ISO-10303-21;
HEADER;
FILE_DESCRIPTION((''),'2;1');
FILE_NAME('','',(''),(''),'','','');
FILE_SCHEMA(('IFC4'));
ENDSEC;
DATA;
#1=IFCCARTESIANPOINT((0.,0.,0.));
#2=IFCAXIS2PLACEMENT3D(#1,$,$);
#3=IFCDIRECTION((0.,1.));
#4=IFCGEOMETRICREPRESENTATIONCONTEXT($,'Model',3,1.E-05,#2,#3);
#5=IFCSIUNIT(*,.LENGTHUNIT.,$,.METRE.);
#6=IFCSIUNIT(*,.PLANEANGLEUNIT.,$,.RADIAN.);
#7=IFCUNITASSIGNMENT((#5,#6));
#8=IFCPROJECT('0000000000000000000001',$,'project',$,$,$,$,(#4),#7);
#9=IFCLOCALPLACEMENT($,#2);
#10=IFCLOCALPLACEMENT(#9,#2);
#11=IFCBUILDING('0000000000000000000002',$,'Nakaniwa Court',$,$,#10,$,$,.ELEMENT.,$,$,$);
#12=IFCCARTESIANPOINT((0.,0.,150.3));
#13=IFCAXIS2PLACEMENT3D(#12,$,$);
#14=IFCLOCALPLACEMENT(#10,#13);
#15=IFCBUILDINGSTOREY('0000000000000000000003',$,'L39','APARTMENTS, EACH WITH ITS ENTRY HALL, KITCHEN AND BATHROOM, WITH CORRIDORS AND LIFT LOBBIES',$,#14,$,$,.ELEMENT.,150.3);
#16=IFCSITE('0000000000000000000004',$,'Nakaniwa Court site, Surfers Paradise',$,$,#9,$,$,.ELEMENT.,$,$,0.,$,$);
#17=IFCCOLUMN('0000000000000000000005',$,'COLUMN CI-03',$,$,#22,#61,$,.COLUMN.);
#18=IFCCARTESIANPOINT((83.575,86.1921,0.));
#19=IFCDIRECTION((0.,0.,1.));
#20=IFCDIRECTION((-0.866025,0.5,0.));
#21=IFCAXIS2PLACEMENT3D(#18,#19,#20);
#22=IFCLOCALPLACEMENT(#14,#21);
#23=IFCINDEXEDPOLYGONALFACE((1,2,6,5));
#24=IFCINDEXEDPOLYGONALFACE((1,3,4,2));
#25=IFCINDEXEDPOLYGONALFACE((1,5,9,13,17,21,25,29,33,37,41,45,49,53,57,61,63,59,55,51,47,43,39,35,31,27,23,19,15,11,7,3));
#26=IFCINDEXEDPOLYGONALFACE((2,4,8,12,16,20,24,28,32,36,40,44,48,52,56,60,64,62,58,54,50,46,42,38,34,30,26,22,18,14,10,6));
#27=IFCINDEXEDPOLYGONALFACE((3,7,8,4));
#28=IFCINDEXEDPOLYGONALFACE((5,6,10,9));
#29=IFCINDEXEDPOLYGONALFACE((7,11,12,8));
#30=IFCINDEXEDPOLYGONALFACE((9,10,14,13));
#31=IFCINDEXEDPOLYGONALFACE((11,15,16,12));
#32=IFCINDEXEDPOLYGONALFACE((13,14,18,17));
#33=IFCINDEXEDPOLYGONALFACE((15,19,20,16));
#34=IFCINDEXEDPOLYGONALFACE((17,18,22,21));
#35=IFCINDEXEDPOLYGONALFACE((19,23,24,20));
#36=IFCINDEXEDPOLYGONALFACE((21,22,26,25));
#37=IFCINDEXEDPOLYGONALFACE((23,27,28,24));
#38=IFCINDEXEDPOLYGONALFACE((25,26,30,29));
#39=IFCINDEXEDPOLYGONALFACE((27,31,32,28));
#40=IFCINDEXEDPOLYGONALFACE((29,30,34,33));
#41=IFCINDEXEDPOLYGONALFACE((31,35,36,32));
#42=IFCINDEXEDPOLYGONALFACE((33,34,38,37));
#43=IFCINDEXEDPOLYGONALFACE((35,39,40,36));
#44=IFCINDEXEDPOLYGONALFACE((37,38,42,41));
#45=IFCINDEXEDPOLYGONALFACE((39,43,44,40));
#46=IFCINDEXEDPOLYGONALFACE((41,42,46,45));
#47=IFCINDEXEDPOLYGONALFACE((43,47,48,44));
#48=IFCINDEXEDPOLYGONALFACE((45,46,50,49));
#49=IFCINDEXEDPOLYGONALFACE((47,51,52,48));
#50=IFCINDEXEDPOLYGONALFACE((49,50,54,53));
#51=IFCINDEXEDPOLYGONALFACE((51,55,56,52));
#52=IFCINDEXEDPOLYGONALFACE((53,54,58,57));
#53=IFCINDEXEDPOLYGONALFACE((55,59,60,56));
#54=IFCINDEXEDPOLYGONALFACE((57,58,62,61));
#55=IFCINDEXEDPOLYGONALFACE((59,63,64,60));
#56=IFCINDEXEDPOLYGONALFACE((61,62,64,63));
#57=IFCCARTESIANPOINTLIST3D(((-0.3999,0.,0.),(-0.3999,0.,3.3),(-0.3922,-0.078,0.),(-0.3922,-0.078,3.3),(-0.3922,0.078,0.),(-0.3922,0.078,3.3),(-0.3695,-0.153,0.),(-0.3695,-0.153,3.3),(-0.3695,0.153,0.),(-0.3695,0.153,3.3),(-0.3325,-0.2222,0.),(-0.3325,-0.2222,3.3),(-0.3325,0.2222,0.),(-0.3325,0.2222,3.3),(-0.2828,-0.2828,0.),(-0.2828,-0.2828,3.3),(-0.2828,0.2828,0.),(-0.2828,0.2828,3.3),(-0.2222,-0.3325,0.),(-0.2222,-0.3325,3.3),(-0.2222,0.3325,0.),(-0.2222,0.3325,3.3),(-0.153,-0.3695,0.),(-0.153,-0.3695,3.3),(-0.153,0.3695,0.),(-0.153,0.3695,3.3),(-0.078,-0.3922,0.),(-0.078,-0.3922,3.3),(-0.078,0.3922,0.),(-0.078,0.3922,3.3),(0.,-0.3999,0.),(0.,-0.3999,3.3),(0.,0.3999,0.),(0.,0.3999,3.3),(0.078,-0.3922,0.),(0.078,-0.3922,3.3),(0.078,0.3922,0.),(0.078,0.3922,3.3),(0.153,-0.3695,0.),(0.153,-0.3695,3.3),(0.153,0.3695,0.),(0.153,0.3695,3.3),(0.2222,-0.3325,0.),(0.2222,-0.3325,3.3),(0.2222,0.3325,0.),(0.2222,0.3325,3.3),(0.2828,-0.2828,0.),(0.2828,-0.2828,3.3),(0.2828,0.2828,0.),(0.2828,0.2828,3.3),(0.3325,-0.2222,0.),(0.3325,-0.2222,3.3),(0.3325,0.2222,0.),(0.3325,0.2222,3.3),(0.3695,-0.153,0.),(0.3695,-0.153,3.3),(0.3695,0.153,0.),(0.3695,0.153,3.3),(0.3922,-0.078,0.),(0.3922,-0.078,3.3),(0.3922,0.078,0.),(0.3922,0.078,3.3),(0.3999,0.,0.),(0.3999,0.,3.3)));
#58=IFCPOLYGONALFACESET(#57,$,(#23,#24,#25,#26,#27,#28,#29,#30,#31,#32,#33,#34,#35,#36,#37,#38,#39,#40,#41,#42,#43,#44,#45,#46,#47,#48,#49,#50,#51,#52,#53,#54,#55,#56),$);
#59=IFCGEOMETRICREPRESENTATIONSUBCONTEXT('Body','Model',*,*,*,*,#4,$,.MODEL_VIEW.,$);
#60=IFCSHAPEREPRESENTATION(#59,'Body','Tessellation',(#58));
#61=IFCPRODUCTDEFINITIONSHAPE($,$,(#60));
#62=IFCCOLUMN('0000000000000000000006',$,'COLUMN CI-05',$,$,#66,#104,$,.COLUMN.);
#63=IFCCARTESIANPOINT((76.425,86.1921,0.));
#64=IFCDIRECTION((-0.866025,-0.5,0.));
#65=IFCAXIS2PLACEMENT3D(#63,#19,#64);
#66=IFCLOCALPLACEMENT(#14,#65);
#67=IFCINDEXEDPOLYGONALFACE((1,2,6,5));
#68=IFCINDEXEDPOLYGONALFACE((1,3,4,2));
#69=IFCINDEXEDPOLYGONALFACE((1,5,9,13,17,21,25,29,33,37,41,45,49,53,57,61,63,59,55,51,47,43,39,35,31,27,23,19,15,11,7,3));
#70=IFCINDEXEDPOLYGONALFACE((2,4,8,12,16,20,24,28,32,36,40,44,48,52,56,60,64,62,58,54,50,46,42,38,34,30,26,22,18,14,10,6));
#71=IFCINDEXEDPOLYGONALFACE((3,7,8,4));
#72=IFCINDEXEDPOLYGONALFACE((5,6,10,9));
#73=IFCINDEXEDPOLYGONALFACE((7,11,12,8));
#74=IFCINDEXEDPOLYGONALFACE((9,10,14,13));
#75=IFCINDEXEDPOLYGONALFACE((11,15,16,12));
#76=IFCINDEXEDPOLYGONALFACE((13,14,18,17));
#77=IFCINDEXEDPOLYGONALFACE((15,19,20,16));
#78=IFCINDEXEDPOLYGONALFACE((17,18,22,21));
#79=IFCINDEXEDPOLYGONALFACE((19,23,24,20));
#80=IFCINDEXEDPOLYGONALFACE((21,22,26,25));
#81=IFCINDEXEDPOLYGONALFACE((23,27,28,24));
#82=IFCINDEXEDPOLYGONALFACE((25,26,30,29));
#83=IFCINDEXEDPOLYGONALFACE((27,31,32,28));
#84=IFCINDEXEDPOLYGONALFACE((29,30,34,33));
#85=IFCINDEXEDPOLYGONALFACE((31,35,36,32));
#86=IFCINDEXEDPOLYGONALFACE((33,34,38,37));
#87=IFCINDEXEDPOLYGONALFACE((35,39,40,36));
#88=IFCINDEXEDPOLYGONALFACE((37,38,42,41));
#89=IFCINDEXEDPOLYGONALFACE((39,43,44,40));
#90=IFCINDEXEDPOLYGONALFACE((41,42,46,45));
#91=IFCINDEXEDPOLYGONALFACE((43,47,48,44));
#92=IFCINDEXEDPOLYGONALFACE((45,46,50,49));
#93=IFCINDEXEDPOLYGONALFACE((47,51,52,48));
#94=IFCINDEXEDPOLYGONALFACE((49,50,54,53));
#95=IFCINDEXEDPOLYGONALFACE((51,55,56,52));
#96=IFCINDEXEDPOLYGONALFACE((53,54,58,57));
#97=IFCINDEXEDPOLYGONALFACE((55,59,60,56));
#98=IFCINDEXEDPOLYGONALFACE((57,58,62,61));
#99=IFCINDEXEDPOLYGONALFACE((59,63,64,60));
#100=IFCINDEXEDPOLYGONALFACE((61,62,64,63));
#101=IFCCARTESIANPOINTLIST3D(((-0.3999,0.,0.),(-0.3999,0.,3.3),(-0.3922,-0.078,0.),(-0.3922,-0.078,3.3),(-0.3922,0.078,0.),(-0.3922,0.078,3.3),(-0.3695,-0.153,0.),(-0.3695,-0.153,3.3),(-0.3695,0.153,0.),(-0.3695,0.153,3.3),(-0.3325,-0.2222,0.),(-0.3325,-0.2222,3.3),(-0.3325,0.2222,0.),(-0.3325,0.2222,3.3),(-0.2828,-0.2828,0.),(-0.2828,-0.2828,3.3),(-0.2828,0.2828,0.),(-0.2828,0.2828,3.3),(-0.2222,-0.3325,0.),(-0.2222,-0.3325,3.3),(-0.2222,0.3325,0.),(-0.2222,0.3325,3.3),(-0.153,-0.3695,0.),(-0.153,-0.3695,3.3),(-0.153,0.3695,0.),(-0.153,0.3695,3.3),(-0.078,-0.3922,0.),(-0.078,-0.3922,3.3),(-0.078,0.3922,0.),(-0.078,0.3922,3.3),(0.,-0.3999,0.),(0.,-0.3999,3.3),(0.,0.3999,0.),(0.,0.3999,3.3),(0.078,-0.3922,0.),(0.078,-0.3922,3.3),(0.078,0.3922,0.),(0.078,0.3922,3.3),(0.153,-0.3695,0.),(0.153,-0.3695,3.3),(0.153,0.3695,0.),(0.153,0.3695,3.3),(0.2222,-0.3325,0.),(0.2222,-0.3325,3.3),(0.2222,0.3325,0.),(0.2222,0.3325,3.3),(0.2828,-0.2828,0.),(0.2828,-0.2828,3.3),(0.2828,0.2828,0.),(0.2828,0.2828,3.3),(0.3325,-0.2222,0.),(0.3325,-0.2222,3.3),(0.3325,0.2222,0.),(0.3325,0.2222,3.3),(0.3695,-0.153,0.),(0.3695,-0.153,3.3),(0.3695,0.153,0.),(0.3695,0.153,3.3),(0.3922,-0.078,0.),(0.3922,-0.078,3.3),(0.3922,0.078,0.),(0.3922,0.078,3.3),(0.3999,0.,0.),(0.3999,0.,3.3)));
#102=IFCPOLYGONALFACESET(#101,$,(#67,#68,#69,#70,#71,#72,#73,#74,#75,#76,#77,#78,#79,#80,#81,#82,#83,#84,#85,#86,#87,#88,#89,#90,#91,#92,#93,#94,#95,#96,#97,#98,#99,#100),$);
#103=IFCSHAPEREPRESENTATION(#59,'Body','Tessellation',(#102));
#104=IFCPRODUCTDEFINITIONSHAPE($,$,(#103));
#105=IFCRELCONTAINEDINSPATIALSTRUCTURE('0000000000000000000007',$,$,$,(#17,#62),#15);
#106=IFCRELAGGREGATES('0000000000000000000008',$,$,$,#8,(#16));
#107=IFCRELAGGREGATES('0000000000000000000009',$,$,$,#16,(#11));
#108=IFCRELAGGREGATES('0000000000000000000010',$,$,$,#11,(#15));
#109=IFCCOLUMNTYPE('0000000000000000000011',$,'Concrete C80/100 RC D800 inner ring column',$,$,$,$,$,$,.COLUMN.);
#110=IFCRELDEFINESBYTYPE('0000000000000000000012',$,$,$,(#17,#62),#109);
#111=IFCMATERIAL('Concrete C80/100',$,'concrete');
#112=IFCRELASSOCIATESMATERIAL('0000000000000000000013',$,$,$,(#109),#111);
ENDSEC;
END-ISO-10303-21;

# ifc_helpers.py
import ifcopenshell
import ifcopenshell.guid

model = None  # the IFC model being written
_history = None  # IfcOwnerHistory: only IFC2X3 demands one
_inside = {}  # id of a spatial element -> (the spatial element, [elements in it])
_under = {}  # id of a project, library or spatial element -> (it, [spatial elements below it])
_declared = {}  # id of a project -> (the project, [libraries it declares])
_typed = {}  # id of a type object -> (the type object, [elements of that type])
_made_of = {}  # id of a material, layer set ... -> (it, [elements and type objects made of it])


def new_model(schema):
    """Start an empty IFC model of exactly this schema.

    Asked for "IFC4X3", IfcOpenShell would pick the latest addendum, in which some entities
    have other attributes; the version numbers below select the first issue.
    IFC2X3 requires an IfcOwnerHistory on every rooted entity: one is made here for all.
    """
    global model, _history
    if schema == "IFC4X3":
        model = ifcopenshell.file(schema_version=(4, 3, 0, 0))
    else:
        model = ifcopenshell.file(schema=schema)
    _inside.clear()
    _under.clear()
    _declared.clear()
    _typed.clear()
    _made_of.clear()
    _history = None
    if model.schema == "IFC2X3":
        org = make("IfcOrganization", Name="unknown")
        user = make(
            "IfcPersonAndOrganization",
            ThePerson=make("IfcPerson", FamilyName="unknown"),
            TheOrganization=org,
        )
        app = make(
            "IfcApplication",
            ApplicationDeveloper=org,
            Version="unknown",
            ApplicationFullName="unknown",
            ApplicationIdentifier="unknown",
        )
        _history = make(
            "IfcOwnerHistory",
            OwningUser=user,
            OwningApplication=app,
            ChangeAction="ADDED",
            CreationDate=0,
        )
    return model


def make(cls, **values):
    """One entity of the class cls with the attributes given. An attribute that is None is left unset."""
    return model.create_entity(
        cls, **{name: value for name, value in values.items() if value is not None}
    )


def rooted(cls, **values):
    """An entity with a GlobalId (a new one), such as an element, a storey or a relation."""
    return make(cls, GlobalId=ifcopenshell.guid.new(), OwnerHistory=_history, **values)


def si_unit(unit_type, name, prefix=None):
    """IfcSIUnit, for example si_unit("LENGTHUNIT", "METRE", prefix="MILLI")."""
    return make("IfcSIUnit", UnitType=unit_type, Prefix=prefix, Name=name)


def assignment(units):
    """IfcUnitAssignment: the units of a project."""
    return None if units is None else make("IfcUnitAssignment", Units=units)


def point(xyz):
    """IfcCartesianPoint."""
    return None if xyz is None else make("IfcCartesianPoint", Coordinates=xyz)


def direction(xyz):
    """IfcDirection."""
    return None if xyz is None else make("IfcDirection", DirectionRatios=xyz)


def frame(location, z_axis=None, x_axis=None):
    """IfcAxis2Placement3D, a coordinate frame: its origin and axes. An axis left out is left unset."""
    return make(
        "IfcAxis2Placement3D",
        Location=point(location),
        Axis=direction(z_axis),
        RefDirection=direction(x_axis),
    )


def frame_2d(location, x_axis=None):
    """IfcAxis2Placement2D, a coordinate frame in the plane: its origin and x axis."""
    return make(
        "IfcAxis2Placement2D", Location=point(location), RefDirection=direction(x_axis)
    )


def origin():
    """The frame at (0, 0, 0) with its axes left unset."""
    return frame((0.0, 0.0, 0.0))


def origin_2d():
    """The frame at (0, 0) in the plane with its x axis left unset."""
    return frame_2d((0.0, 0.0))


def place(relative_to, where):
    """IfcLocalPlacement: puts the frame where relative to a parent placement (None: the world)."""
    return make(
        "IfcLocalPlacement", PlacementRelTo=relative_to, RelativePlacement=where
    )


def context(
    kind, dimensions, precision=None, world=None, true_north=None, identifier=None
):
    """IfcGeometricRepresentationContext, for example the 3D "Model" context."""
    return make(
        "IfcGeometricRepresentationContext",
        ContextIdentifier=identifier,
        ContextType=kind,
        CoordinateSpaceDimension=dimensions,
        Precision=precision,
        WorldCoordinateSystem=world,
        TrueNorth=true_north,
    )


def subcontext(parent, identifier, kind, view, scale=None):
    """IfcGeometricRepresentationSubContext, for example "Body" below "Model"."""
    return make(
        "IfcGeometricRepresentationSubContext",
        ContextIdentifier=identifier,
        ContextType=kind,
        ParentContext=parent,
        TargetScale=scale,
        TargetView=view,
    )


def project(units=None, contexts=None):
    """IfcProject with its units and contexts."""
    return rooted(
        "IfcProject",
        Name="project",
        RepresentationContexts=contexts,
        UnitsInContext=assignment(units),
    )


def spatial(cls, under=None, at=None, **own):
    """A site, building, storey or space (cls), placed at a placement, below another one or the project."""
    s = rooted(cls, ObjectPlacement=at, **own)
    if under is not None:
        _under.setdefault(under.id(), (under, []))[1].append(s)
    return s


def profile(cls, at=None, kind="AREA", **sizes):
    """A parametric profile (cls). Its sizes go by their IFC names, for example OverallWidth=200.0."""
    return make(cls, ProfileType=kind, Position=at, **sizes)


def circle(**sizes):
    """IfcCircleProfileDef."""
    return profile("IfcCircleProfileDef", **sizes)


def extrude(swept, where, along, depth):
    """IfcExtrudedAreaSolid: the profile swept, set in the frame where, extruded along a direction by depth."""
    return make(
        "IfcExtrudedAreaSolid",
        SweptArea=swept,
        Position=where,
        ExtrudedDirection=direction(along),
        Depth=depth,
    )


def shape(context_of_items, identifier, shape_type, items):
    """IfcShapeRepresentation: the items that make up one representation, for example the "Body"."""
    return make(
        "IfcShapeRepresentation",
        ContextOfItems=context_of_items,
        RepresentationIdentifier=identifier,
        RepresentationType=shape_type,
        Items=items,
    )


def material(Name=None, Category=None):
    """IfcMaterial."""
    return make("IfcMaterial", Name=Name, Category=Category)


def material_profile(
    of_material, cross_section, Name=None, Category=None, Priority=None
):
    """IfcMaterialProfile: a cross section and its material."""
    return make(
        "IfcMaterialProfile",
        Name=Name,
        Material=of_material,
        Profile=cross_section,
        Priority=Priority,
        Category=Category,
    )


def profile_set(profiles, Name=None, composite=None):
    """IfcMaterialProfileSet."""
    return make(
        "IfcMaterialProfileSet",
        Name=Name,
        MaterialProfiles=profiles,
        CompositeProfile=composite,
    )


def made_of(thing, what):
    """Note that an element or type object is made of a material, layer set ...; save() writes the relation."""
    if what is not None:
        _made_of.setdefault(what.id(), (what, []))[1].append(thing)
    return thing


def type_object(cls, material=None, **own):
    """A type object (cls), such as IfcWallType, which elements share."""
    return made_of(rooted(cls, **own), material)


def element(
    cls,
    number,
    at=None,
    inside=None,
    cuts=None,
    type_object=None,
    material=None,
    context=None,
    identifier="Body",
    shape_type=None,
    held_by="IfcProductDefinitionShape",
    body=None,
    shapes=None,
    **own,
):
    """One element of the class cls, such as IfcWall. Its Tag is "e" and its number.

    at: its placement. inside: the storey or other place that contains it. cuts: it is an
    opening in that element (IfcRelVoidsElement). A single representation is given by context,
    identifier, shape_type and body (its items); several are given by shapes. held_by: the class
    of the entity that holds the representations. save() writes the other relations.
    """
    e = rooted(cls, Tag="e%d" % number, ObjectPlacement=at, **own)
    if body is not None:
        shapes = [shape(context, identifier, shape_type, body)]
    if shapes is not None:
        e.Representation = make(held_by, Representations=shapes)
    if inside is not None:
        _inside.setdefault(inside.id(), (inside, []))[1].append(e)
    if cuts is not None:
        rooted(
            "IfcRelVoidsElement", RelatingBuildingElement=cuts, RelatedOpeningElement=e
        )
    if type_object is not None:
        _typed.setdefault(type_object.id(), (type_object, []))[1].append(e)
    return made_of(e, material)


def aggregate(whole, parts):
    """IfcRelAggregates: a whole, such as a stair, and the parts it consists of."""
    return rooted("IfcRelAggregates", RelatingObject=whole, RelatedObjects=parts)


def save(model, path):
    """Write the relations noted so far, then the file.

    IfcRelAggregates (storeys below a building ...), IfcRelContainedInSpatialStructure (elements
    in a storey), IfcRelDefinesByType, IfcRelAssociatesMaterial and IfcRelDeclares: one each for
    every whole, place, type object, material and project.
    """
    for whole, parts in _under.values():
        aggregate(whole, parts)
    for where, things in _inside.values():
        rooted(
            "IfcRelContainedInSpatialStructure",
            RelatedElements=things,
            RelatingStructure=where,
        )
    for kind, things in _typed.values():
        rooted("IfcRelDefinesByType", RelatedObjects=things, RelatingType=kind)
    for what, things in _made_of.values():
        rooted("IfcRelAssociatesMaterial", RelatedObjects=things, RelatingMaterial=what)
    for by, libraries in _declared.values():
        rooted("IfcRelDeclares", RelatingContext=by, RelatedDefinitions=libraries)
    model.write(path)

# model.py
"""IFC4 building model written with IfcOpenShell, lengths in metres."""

from ifc_helpers import new_model, si_unit, direction, frame, origin, origin_2d, place, context, subcontext, project, spatial, circle, extrude, material, material_profile, profile_set, type_object, element, save


model = new_model("IFC4")

# Units and contexts
model_context = context("Model", 3, precision=1e-05, world=origin(), true_north=direction((0.0, 1.0)))
body_context = subcontext(model_context, "Body", "Model", "MODEL_VIEW")
ifc_project = project(units=[si_unit("LENGTHUNIT", "METRE"), si_unit("PLANEANGLEUNIT", "RADIAN")], contexts=[model_context])

# Site, building, storey
site_placement = place(None, origin())
site = spatial("IfcSite", under=ifc_project, at=site_placement, Name="Nakaniwa Court site, Surfers Paradise", CompositionType="ELEMENT", RefElevation=0.0)
building_placement = place(site_placement, origin())
building = spatial("IfcBuilding", under=site, at=building_placement, Name="Nakaniwa Court", CompositionType="ELEMENT")
storey_placement = place(building_placement, frame((0.0, 0.0, 150.3)))
storey = spatial("IfcBuildingStorey", under=building, at=storey_placement, Name="L39", Description="APARTMENTS, EACH WITH ITS ENTRY HALL, KITCHEN AND BATHROOM, WITH CORRIDORS AND LIFT LOBBIES", CompositionType="ELEMENT", Elevation=150.3)

# Columns
ifc_material_1 = material(Name="Concrete C80/100", Category="concrete")
ifc_material_profile_1 = material_profile(ifc_material_1, circle(Radius=0.3999, at=origin_2d()), Name="Concrete C80/100 RC D800 inner ring column")
ifc_profile_set_1 = profile_set([ifc_material_profile_1], Name="Concrete C80/100")
column_type = type_object("IfcColumnType", Name="Concrete C80/100 RC D800 inner ring column", PredefinedType="COLUMN", material=ifc_profile_set_1)
for number, where, z_axis, x_axis, name in (
    (1, (83.575, 86.1921, 0.0), (0.0, 0.0, 1.0), (-0.866025, 0.5, 0.0), "COLUMN CI-03"),
    (2, (76.425, 86.1921, 0.0), (0.0, 0.0, 1.0), (-0.866025, -0.5, 0.0), "COLUMN CI-05"),
):
    element("IfcColumn", number, at=place(storey_placement, frame(where, z_axis=z_axis, x_axis=x_axis)), inside=storey, type_object=column_type, Name=name, PredefinedType="COLUMN", context=body_context, shape_type="SweptSolid", body=[
        extrude(circle(Radius=0.3999, at=origin_2d()), origin(), (0.0, 0.0, 1.0), 3.3),
    ])

save(model, "model.ifc")
